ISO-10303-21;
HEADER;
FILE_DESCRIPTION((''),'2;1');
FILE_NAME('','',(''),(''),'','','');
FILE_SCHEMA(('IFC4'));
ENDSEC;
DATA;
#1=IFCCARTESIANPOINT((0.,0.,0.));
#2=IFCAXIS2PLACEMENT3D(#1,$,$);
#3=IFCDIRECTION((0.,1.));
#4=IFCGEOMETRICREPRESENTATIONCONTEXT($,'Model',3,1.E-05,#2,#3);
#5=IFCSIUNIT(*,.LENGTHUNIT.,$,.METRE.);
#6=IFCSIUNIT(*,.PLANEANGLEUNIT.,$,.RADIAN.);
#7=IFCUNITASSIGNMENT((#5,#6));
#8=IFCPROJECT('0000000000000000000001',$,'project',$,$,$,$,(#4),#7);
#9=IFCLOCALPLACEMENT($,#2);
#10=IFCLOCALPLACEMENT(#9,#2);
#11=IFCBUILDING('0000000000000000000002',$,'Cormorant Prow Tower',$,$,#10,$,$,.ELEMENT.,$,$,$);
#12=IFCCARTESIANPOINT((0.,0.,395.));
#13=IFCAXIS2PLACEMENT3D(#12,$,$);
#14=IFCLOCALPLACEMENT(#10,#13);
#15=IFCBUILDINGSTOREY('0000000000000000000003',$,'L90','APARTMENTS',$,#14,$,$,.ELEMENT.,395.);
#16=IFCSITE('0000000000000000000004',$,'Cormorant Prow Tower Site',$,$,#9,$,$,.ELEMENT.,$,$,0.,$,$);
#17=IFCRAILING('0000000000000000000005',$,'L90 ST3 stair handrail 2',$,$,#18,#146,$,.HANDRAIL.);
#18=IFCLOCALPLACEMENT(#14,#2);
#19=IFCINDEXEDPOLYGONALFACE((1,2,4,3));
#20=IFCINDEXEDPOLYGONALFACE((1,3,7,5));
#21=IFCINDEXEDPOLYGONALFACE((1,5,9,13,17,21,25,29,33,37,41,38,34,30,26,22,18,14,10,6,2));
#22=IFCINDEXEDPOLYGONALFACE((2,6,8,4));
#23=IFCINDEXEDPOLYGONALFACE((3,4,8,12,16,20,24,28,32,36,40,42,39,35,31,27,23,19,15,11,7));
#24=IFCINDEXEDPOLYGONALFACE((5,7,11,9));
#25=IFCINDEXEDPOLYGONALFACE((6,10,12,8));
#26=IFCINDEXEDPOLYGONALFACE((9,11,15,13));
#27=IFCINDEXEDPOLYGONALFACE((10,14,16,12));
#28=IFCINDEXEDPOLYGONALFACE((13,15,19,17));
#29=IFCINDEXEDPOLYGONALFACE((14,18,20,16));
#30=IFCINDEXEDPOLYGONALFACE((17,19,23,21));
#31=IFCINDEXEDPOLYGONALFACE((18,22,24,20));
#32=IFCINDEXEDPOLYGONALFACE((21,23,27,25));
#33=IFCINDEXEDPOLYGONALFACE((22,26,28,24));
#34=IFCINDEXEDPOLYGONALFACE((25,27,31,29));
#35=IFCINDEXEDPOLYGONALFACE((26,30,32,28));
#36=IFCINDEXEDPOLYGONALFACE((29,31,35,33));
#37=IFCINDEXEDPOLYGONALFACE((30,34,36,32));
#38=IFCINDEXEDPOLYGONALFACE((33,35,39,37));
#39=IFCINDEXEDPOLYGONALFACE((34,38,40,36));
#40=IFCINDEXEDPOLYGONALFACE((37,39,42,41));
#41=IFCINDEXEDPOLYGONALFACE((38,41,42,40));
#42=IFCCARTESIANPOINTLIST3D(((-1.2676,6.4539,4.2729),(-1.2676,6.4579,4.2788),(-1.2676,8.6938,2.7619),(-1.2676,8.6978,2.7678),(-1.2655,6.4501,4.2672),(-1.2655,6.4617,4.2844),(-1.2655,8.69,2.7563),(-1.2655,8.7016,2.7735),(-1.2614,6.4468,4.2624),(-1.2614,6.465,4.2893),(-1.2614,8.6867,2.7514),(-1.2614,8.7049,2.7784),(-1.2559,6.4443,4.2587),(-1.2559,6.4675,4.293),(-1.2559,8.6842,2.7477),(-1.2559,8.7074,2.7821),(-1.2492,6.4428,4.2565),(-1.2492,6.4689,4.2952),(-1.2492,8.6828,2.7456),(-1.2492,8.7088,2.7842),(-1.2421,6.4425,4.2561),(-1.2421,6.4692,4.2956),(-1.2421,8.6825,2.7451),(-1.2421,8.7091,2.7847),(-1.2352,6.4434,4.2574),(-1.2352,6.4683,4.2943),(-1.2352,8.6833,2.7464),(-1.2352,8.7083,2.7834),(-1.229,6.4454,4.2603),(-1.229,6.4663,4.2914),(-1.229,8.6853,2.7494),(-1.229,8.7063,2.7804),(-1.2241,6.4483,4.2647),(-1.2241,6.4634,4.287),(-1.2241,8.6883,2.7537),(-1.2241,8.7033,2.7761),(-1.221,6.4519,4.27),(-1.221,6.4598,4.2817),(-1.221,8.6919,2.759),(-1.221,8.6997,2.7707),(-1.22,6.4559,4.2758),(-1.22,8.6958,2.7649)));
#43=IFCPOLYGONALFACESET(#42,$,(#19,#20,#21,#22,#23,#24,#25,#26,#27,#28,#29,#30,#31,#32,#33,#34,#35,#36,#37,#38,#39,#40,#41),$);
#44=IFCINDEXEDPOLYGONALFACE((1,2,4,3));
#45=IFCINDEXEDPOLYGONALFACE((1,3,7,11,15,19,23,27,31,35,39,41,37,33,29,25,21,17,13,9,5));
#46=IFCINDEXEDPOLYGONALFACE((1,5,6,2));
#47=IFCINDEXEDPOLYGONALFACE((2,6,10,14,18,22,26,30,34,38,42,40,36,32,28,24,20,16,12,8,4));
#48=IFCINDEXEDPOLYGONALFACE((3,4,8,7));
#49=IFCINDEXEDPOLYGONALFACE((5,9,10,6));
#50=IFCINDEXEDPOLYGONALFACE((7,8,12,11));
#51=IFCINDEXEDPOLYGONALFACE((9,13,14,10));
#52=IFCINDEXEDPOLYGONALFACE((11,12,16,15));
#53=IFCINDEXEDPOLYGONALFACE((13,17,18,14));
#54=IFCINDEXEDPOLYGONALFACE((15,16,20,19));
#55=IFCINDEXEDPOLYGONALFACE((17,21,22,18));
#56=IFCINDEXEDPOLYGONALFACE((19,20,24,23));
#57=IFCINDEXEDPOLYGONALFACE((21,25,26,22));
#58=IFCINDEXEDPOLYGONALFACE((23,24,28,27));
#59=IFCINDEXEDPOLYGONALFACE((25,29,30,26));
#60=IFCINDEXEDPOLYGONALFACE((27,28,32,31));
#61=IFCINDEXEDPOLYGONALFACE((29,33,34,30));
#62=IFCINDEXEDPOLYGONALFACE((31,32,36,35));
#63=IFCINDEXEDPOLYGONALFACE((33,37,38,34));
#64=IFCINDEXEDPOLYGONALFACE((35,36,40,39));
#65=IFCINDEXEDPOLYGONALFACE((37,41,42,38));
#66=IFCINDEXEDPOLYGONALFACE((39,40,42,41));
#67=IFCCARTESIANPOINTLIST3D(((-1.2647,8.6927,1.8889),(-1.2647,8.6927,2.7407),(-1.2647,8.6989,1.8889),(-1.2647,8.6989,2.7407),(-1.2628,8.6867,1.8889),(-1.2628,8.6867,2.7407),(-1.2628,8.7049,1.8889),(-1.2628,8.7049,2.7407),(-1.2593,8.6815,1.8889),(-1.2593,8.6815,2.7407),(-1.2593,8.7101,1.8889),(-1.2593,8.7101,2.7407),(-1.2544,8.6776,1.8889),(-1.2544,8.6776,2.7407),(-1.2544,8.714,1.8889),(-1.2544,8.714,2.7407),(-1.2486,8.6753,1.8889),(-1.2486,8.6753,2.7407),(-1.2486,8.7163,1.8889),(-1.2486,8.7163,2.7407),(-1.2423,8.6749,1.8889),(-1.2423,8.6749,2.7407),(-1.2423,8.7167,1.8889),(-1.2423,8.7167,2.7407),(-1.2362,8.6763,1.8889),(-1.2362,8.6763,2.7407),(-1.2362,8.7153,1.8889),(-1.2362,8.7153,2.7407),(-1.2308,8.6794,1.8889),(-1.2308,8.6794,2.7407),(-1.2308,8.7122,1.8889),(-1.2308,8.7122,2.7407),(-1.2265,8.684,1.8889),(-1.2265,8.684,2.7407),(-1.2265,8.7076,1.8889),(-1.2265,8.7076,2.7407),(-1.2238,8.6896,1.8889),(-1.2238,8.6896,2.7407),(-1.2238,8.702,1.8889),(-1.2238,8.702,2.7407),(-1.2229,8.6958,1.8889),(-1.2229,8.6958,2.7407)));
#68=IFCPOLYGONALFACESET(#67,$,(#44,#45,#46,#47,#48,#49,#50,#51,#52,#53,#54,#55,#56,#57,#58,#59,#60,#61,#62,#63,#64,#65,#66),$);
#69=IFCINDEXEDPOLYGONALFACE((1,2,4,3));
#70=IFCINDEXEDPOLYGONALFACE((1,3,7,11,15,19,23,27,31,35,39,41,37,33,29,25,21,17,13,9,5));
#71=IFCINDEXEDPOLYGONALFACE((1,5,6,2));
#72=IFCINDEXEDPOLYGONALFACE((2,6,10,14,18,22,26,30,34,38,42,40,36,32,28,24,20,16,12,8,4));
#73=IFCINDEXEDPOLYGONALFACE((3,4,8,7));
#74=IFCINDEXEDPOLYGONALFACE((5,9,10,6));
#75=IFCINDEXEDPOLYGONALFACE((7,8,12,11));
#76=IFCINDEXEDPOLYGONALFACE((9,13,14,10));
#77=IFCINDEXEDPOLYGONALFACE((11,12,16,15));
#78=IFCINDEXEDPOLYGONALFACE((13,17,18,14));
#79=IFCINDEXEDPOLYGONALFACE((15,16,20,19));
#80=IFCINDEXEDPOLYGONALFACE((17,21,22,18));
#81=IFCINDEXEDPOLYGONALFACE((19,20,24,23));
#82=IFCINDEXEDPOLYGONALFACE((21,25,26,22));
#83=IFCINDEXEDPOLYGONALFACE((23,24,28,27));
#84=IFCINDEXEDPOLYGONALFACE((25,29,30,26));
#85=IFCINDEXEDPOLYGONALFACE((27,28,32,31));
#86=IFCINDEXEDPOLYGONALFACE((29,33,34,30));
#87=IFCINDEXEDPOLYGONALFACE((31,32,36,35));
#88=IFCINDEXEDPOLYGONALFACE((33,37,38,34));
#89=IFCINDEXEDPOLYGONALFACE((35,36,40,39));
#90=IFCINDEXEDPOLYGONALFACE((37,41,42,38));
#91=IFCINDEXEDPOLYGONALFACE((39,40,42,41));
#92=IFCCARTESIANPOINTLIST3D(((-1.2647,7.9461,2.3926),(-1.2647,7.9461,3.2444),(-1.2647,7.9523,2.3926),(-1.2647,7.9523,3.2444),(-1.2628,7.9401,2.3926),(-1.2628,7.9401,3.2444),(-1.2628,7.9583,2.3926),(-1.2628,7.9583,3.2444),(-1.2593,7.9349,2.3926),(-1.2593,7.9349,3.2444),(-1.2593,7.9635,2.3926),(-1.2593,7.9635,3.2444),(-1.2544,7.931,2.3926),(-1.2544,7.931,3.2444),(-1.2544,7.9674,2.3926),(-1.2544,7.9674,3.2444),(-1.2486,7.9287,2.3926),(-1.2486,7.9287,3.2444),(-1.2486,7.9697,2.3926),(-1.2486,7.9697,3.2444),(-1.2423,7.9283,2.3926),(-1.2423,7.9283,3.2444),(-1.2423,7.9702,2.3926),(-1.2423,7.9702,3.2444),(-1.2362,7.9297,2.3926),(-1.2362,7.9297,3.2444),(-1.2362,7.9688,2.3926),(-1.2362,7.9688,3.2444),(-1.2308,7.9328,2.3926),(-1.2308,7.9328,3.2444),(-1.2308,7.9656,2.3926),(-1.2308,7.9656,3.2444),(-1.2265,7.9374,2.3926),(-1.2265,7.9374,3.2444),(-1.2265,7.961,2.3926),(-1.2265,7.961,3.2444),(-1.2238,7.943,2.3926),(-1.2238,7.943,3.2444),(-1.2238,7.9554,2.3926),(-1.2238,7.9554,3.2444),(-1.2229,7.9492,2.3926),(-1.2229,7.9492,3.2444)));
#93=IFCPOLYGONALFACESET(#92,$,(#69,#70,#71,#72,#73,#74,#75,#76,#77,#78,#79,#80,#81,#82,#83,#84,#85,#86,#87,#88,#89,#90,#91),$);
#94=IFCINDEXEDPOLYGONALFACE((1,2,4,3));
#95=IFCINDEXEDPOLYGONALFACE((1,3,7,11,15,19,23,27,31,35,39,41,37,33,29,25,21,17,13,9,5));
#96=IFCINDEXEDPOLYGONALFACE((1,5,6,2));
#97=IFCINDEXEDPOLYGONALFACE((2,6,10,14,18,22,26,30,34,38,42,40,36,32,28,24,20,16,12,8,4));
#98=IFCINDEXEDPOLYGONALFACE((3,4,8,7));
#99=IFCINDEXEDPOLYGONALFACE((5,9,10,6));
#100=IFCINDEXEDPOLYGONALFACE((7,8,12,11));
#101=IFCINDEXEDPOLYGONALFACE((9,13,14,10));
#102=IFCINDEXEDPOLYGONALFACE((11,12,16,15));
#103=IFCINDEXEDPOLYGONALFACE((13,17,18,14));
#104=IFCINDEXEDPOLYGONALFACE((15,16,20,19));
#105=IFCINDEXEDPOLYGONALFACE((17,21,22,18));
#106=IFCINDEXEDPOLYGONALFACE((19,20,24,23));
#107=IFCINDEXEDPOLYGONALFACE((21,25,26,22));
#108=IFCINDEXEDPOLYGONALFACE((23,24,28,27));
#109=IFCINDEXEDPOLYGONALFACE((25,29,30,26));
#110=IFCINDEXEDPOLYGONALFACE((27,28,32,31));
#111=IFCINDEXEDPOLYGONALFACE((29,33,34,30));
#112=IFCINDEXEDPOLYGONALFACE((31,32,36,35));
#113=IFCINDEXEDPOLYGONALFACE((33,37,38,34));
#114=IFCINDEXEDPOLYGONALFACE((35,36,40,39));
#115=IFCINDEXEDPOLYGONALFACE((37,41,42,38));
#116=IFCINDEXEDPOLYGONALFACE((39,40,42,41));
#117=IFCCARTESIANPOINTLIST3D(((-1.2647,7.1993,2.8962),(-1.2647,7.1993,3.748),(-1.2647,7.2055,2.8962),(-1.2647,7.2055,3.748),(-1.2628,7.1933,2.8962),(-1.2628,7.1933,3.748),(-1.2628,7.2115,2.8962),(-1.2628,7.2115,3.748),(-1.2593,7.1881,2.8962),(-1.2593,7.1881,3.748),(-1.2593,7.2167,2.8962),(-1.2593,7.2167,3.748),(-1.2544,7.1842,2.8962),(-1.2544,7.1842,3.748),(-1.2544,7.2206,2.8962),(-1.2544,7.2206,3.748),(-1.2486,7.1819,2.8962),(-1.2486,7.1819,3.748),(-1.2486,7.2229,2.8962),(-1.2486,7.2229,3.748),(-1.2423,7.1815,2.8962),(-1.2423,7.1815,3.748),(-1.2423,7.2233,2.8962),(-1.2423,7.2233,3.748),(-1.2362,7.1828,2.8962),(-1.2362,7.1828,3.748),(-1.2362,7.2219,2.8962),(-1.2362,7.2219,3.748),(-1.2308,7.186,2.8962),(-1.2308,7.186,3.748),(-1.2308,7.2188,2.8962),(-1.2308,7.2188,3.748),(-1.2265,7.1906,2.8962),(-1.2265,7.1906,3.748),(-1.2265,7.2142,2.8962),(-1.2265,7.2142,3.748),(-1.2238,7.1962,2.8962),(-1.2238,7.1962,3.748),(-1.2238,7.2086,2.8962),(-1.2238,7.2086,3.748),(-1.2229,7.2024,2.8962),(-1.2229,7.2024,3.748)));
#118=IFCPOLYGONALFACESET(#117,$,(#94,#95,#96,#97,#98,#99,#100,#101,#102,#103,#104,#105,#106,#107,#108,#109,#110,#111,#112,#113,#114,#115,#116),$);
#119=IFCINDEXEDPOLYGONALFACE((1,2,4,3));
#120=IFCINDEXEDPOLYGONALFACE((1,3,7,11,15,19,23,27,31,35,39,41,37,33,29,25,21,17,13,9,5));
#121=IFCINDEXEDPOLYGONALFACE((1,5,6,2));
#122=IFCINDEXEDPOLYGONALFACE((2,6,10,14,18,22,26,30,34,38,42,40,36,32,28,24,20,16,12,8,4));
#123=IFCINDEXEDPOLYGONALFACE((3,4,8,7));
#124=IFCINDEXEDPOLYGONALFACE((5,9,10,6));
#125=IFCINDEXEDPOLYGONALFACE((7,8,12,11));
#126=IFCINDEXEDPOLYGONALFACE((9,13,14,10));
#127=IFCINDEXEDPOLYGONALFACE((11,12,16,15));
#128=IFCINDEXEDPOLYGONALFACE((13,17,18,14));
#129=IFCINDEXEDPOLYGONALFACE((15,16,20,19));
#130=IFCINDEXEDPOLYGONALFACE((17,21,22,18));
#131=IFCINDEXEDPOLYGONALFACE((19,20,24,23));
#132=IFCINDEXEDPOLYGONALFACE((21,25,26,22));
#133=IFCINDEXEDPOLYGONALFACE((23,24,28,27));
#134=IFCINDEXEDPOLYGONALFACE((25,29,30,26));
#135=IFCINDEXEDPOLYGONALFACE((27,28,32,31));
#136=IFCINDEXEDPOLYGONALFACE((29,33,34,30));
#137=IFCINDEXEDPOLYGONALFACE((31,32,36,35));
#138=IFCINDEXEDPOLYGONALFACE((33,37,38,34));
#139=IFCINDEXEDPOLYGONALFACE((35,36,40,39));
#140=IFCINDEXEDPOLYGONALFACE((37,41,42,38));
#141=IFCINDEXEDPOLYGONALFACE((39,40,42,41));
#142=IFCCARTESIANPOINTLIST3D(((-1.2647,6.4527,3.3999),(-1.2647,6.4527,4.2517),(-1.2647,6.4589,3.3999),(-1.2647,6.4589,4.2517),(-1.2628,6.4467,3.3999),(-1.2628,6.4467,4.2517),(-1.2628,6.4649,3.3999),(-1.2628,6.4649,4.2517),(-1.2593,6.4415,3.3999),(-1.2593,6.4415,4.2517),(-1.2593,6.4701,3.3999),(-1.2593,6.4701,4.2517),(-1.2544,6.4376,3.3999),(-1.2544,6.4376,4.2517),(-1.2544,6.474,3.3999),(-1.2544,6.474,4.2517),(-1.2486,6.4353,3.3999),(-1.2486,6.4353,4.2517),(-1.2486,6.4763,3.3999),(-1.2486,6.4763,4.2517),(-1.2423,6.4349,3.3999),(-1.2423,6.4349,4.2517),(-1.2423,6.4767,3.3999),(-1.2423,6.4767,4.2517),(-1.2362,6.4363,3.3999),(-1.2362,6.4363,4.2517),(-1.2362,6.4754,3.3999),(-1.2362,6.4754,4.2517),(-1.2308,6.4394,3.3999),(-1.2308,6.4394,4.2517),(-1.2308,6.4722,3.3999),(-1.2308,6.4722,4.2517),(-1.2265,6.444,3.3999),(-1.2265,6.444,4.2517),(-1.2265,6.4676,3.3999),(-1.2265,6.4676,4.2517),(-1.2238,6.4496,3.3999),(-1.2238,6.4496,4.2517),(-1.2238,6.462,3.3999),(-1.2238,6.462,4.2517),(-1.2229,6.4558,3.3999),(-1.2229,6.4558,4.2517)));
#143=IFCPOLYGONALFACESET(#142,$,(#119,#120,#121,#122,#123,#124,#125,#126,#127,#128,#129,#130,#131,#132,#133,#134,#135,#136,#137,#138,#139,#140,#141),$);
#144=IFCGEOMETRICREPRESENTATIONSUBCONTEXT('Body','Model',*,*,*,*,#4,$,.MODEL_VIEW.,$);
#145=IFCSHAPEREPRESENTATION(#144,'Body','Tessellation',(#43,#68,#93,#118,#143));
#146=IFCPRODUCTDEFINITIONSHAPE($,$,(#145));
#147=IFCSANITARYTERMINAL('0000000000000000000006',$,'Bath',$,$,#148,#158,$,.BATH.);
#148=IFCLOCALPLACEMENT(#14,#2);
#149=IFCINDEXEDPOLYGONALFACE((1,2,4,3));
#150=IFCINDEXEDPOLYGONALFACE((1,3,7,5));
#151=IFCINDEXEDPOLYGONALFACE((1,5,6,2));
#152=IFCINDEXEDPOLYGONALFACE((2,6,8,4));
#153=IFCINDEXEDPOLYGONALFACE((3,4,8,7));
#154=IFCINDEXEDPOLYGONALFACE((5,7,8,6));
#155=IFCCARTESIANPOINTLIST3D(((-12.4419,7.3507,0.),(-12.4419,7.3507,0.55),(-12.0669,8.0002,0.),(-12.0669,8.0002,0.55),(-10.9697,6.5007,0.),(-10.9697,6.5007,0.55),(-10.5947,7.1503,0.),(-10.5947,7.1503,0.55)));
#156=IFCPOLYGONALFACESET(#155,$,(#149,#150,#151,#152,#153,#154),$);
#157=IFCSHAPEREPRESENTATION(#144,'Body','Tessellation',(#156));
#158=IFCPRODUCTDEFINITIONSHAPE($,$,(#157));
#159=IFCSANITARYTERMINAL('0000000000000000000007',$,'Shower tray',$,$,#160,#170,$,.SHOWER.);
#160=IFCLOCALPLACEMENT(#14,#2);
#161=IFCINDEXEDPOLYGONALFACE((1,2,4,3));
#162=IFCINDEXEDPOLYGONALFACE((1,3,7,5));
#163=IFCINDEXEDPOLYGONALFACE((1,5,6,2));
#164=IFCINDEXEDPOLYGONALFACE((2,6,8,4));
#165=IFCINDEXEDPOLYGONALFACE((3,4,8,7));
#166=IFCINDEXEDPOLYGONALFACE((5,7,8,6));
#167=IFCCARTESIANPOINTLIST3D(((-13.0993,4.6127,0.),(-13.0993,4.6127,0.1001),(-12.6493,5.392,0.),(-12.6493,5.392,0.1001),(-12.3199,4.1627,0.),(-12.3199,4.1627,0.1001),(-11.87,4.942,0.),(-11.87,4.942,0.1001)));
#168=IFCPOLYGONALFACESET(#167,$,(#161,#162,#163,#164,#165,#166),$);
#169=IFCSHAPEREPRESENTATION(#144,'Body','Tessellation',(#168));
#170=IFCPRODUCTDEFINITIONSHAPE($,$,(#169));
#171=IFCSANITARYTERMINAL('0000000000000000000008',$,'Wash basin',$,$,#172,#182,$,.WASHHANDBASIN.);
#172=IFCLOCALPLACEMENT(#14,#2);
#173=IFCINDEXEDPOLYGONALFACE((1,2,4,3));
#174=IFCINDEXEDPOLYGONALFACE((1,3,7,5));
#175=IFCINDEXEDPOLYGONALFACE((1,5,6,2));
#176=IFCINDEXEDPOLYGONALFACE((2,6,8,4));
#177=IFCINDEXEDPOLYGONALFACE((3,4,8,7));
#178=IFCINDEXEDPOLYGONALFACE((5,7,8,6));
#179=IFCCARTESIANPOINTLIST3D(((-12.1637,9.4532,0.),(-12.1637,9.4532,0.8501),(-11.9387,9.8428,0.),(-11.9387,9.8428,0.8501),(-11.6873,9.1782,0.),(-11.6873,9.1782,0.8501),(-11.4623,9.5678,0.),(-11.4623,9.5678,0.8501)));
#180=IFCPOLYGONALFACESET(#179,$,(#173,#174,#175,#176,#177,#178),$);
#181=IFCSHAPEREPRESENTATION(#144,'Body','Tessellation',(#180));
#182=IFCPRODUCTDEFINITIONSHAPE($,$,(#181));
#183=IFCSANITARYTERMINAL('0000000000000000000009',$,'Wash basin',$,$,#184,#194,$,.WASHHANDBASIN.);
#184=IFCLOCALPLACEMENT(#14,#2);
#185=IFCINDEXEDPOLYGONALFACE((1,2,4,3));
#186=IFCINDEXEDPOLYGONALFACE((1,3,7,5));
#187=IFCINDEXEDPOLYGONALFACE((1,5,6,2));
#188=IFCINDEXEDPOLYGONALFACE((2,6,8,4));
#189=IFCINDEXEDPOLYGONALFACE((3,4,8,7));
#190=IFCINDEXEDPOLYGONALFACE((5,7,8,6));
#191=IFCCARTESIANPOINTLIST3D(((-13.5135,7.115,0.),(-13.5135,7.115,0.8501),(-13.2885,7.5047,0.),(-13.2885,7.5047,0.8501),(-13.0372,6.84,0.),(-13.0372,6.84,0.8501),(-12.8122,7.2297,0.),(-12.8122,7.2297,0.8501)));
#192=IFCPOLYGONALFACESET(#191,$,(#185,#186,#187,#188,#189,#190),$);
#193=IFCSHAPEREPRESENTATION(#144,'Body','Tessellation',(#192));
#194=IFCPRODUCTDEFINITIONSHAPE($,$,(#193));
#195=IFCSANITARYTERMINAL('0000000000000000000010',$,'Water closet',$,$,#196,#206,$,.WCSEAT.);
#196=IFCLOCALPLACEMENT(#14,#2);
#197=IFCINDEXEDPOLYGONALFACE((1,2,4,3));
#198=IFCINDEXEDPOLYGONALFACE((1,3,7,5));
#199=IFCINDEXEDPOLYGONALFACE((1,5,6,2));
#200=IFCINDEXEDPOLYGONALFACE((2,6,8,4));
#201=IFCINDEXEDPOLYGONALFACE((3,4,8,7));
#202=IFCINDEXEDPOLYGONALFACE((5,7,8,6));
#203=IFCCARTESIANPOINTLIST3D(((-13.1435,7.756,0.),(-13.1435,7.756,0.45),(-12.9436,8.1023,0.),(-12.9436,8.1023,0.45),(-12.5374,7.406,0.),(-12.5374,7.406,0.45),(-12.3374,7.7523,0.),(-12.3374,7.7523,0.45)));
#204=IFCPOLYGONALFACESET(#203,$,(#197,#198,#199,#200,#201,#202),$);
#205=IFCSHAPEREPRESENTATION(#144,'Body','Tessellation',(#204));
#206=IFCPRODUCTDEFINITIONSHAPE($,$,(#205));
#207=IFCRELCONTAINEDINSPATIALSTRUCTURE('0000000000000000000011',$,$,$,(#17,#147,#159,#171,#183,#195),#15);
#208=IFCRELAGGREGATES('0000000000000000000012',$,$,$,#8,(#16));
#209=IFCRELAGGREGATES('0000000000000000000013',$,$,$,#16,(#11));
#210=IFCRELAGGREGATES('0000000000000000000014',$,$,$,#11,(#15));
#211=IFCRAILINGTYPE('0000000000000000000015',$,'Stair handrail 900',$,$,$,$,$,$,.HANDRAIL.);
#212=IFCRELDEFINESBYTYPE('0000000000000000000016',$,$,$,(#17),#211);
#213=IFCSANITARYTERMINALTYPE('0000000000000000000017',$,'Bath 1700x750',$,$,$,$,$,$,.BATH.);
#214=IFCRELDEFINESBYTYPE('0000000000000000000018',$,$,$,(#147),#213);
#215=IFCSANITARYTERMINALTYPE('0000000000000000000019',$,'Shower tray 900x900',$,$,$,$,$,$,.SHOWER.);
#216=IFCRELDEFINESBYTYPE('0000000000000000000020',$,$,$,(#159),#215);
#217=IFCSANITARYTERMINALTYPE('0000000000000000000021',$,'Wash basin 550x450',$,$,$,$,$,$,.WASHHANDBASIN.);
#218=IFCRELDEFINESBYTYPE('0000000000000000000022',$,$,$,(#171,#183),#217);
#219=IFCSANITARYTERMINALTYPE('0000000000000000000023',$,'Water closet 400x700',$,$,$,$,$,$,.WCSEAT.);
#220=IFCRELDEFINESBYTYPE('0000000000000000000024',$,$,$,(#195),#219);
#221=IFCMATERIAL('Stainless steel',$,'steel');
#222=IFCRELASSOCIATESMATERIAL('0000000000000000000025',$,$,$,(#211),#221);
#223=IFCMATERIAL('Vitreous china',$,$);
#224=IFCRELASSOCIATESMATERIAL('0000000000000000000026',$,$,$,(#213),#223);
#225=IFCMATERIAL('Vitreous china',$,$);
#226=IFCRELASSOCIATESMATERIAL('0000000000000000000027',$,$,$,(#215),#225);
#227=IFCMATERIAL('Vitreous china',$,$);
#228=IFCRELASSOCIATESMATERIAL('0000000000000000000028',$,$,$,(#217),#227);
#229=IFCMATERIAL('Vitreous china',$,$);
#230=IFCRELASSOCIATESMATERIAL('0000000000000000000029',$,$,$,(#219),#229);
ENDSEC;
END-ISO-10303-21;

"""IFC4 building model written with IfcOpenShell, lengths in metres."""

from ifc_helpers import new_model, si_unit, direction, frame, origin, origin_2d, place, context, subcontext, project, spatial, rectangle, circle, extrude, material, type_object, element, save


model = new_model("IFC4")

# Units and contexts
model_context = context("Model", 3, precision=1e-05, world=origin(), true_north=direction((0.0, 1.0)))
body_context = subcontext(model_context, "Body", "Model", "MODEL_VIEW")
ifc_project = project(units=[si_unit("LENGTHUNIT", "METRE"), si_unit("PLANEANGLEUNIT", "RADIAN")], contexts=[model_context])

# Site, building, storey
site_placement = place(None, origin())
site = spatial("IfcSite", under=ifc_project, at=site_placement, Name="Cormorant Prow Tower Site", CompositionType="ELEMENT", RefElevation=0.0)
building_placement = place(site_placement, origin())
building = spatial("IfcBuilding", under=site, at=building_placement, Name="Cormorant Prow Tower", CompositionType="ELEMENT")
storey_placement = place(building_placement, frame((0.0, 0.0, 395.0)))
storey = spatial("IfcBuildingStorey", under=building, at=storey_placement, Name="L90", Description="APARTMENTS", CompositionType="ELEMENT", Elevation=395.0)

# Railing
ifc_material_1 = material(Name="Stainless steel", Category="steel")
railing_type = type_object("IfcRailingType", Name="Stair handrail 900", PredefinedType="HANDRAIL", material=ifc_material_1)
railing_placement = place(storey_placement, frame((-1.2439, 8.6958, 1.8889)))
element("IfcRailing", 1, at=railing_placement, inside=storey, type_object=railing_type, Name="L90 ST3 stair handrail 2", PredefinedType="HANDRAIL", context=body_context, shape_type="SweptSolid", body=[
    extrude(circle(Radius=0.0239, at=origin_2d()), frame((0.0, 0.0, 0.876), z_axis=(0.0, -0.829021, 0.559217), x_axis=(1.0, 0.0, 0.0)), (0.0, 0.0, 1.0), 2.7019),
    extrude(circle(Radius=0.021, at=origin_2d()), origin(), (0.0, 0.0, 1.0), 0.8518),
    extrude(circle(Radius=0.021, at=origin_2d()), frame((0.0, -0.7466, 0.5037)), (0.0, 0.0, 1.0), 0.8518),
    extrude(circle(Radius=0.021, at=origin_2d()), frame((0.0, -1.4934, 1.0073)), (0.0, 0.0, 1.0), 0.8518),
    extrude(circle(Radius=0.021, at=origin_2d()), frame((0.0, -2.24, 1.511)), (0.0, 0.0, 1.0), 0.8518),
])

# Sanitary terminals
ifc_material_2 = material(Name="Vitreous china")
sanitary_terminal_type_1 = type_object("IfcSanitaryTerminalType", Name="Bath 1700x750", PredefinedType="BATH", material=ifc_material_2)
sanitary_terminal_1_placement = place(storey_placement, frame((-11.5183, 7.2505, 0.0), z_axis=(0.0, 0.0, 1.0), x_axis=(-0.866025, 0.5, 0.0)))
element("IfcSanitaryTerminal", 2, at=sanitary_terminal_1_placement, inside=storey, type_object=sanitary_terminal_type_1, Name="Bath", PredefinedType="BATH", context=body_context, shape_type="SweptSolid", body=[
    extrude(rectangle(XDim=1.7, YDim=0.75, at=origin_2d()), origin(), (0.0, 0.0, 1.0), 0.55),
])
ifc_material_3 = material(Name="Vitreous china")
sanitary_terminal_type_2 = type_object("IfcSanitaryTerminalType", Name="Shower tray 900x900", PredefinedType="SHOWER", material=ifc_material_3)
sanitary_terminal_2_placement = place(storey_placement, frame((-12.4846, 4.7773, 0.0), z_axis=(0.0, 0.0, 1.0), x_axis=(-0.866025, 0.5, 0.0)))
element("IfcSanitaryTerminal", 3, at=sanitary_terminal_2_placement, inside=storey, type_object=sanitary_terminal_type_2, Name="Shower tray", PredefinedType="SHOWER", context=body_context, shape_type="SweptSolid", body=[
    extrude(rectangle(XDim=0.8999, YDim=0.8999, at=origin_2d()), origin(), (0.0, 0.0, 1.0), 0.1001),
])
ifc_material_4 = material(Name="Vitreous china")
sanitary_terminal_type_3 = type_object("IfcSanitaryTerminalType", Name="Wash basin 550x450", PredefinedType="WASHHANDBASIN", material=ifc_material_4)
for number, where, z_axis, x_axis, name in (
    (4, (-11.813, 9.5105, 0.0), (0.0, 0.0, 1.0), (0.866025, -0.5, 0.0), "Wash basin"),
    (5, (-13.1628, 7.1724, 0.0), (0.0, 0.0, 1.0), (0.866025, -0.5, 0.0), "Wash basin"),
):
    element("IfcSanitaryTerminal", number, at=place(storey_placement, frame(where, z_axis=z_axis, x_axis=x_axis)), inside=storey, type_object=sanitary_terminal_type_3, Name=name, PredefinedType="WASHHANDBASIN", context=body_context, shape_type="SweptSolid", body=[
        extrude(rectangle(XDim=0.55, YDim=0.45, at=origin_2d()), origin(), (0.0, 0.0, 1.0), 0.8501),
    ])
ifc_material_5 = material(Name="Vitreous china")
sanitary_terminal_type_4 = type_object("IfcSanitaryTerminalType", Name="Water closet 400x700", PredefinedType="WCSEAT", material=ifc_material_5)
sanitary_terminal_3_placement = place(storey_placement, frame((-12.7405, 7.7542, 0.0), z_axis=(0.0, 0.0, 1.0), x_axis=(0.5, 0.866025, 0.0)))
element("IfcSanitaryTerminal", 6, at=sanitary_terminal_3_placement, inside=storey, type_object=sanitary_terminal_type_4, Name="Water closet", PredefinedType="WCSEAT", context=body_context, shape_type="SweptSolid", body=[
    extrude(rectangle(XDim=0.3999, YDim=0.7, at=origin_2d()), origin(), (0.0, 0.0, 1.0), 0.45),
])

save(model, "model.ifc")
